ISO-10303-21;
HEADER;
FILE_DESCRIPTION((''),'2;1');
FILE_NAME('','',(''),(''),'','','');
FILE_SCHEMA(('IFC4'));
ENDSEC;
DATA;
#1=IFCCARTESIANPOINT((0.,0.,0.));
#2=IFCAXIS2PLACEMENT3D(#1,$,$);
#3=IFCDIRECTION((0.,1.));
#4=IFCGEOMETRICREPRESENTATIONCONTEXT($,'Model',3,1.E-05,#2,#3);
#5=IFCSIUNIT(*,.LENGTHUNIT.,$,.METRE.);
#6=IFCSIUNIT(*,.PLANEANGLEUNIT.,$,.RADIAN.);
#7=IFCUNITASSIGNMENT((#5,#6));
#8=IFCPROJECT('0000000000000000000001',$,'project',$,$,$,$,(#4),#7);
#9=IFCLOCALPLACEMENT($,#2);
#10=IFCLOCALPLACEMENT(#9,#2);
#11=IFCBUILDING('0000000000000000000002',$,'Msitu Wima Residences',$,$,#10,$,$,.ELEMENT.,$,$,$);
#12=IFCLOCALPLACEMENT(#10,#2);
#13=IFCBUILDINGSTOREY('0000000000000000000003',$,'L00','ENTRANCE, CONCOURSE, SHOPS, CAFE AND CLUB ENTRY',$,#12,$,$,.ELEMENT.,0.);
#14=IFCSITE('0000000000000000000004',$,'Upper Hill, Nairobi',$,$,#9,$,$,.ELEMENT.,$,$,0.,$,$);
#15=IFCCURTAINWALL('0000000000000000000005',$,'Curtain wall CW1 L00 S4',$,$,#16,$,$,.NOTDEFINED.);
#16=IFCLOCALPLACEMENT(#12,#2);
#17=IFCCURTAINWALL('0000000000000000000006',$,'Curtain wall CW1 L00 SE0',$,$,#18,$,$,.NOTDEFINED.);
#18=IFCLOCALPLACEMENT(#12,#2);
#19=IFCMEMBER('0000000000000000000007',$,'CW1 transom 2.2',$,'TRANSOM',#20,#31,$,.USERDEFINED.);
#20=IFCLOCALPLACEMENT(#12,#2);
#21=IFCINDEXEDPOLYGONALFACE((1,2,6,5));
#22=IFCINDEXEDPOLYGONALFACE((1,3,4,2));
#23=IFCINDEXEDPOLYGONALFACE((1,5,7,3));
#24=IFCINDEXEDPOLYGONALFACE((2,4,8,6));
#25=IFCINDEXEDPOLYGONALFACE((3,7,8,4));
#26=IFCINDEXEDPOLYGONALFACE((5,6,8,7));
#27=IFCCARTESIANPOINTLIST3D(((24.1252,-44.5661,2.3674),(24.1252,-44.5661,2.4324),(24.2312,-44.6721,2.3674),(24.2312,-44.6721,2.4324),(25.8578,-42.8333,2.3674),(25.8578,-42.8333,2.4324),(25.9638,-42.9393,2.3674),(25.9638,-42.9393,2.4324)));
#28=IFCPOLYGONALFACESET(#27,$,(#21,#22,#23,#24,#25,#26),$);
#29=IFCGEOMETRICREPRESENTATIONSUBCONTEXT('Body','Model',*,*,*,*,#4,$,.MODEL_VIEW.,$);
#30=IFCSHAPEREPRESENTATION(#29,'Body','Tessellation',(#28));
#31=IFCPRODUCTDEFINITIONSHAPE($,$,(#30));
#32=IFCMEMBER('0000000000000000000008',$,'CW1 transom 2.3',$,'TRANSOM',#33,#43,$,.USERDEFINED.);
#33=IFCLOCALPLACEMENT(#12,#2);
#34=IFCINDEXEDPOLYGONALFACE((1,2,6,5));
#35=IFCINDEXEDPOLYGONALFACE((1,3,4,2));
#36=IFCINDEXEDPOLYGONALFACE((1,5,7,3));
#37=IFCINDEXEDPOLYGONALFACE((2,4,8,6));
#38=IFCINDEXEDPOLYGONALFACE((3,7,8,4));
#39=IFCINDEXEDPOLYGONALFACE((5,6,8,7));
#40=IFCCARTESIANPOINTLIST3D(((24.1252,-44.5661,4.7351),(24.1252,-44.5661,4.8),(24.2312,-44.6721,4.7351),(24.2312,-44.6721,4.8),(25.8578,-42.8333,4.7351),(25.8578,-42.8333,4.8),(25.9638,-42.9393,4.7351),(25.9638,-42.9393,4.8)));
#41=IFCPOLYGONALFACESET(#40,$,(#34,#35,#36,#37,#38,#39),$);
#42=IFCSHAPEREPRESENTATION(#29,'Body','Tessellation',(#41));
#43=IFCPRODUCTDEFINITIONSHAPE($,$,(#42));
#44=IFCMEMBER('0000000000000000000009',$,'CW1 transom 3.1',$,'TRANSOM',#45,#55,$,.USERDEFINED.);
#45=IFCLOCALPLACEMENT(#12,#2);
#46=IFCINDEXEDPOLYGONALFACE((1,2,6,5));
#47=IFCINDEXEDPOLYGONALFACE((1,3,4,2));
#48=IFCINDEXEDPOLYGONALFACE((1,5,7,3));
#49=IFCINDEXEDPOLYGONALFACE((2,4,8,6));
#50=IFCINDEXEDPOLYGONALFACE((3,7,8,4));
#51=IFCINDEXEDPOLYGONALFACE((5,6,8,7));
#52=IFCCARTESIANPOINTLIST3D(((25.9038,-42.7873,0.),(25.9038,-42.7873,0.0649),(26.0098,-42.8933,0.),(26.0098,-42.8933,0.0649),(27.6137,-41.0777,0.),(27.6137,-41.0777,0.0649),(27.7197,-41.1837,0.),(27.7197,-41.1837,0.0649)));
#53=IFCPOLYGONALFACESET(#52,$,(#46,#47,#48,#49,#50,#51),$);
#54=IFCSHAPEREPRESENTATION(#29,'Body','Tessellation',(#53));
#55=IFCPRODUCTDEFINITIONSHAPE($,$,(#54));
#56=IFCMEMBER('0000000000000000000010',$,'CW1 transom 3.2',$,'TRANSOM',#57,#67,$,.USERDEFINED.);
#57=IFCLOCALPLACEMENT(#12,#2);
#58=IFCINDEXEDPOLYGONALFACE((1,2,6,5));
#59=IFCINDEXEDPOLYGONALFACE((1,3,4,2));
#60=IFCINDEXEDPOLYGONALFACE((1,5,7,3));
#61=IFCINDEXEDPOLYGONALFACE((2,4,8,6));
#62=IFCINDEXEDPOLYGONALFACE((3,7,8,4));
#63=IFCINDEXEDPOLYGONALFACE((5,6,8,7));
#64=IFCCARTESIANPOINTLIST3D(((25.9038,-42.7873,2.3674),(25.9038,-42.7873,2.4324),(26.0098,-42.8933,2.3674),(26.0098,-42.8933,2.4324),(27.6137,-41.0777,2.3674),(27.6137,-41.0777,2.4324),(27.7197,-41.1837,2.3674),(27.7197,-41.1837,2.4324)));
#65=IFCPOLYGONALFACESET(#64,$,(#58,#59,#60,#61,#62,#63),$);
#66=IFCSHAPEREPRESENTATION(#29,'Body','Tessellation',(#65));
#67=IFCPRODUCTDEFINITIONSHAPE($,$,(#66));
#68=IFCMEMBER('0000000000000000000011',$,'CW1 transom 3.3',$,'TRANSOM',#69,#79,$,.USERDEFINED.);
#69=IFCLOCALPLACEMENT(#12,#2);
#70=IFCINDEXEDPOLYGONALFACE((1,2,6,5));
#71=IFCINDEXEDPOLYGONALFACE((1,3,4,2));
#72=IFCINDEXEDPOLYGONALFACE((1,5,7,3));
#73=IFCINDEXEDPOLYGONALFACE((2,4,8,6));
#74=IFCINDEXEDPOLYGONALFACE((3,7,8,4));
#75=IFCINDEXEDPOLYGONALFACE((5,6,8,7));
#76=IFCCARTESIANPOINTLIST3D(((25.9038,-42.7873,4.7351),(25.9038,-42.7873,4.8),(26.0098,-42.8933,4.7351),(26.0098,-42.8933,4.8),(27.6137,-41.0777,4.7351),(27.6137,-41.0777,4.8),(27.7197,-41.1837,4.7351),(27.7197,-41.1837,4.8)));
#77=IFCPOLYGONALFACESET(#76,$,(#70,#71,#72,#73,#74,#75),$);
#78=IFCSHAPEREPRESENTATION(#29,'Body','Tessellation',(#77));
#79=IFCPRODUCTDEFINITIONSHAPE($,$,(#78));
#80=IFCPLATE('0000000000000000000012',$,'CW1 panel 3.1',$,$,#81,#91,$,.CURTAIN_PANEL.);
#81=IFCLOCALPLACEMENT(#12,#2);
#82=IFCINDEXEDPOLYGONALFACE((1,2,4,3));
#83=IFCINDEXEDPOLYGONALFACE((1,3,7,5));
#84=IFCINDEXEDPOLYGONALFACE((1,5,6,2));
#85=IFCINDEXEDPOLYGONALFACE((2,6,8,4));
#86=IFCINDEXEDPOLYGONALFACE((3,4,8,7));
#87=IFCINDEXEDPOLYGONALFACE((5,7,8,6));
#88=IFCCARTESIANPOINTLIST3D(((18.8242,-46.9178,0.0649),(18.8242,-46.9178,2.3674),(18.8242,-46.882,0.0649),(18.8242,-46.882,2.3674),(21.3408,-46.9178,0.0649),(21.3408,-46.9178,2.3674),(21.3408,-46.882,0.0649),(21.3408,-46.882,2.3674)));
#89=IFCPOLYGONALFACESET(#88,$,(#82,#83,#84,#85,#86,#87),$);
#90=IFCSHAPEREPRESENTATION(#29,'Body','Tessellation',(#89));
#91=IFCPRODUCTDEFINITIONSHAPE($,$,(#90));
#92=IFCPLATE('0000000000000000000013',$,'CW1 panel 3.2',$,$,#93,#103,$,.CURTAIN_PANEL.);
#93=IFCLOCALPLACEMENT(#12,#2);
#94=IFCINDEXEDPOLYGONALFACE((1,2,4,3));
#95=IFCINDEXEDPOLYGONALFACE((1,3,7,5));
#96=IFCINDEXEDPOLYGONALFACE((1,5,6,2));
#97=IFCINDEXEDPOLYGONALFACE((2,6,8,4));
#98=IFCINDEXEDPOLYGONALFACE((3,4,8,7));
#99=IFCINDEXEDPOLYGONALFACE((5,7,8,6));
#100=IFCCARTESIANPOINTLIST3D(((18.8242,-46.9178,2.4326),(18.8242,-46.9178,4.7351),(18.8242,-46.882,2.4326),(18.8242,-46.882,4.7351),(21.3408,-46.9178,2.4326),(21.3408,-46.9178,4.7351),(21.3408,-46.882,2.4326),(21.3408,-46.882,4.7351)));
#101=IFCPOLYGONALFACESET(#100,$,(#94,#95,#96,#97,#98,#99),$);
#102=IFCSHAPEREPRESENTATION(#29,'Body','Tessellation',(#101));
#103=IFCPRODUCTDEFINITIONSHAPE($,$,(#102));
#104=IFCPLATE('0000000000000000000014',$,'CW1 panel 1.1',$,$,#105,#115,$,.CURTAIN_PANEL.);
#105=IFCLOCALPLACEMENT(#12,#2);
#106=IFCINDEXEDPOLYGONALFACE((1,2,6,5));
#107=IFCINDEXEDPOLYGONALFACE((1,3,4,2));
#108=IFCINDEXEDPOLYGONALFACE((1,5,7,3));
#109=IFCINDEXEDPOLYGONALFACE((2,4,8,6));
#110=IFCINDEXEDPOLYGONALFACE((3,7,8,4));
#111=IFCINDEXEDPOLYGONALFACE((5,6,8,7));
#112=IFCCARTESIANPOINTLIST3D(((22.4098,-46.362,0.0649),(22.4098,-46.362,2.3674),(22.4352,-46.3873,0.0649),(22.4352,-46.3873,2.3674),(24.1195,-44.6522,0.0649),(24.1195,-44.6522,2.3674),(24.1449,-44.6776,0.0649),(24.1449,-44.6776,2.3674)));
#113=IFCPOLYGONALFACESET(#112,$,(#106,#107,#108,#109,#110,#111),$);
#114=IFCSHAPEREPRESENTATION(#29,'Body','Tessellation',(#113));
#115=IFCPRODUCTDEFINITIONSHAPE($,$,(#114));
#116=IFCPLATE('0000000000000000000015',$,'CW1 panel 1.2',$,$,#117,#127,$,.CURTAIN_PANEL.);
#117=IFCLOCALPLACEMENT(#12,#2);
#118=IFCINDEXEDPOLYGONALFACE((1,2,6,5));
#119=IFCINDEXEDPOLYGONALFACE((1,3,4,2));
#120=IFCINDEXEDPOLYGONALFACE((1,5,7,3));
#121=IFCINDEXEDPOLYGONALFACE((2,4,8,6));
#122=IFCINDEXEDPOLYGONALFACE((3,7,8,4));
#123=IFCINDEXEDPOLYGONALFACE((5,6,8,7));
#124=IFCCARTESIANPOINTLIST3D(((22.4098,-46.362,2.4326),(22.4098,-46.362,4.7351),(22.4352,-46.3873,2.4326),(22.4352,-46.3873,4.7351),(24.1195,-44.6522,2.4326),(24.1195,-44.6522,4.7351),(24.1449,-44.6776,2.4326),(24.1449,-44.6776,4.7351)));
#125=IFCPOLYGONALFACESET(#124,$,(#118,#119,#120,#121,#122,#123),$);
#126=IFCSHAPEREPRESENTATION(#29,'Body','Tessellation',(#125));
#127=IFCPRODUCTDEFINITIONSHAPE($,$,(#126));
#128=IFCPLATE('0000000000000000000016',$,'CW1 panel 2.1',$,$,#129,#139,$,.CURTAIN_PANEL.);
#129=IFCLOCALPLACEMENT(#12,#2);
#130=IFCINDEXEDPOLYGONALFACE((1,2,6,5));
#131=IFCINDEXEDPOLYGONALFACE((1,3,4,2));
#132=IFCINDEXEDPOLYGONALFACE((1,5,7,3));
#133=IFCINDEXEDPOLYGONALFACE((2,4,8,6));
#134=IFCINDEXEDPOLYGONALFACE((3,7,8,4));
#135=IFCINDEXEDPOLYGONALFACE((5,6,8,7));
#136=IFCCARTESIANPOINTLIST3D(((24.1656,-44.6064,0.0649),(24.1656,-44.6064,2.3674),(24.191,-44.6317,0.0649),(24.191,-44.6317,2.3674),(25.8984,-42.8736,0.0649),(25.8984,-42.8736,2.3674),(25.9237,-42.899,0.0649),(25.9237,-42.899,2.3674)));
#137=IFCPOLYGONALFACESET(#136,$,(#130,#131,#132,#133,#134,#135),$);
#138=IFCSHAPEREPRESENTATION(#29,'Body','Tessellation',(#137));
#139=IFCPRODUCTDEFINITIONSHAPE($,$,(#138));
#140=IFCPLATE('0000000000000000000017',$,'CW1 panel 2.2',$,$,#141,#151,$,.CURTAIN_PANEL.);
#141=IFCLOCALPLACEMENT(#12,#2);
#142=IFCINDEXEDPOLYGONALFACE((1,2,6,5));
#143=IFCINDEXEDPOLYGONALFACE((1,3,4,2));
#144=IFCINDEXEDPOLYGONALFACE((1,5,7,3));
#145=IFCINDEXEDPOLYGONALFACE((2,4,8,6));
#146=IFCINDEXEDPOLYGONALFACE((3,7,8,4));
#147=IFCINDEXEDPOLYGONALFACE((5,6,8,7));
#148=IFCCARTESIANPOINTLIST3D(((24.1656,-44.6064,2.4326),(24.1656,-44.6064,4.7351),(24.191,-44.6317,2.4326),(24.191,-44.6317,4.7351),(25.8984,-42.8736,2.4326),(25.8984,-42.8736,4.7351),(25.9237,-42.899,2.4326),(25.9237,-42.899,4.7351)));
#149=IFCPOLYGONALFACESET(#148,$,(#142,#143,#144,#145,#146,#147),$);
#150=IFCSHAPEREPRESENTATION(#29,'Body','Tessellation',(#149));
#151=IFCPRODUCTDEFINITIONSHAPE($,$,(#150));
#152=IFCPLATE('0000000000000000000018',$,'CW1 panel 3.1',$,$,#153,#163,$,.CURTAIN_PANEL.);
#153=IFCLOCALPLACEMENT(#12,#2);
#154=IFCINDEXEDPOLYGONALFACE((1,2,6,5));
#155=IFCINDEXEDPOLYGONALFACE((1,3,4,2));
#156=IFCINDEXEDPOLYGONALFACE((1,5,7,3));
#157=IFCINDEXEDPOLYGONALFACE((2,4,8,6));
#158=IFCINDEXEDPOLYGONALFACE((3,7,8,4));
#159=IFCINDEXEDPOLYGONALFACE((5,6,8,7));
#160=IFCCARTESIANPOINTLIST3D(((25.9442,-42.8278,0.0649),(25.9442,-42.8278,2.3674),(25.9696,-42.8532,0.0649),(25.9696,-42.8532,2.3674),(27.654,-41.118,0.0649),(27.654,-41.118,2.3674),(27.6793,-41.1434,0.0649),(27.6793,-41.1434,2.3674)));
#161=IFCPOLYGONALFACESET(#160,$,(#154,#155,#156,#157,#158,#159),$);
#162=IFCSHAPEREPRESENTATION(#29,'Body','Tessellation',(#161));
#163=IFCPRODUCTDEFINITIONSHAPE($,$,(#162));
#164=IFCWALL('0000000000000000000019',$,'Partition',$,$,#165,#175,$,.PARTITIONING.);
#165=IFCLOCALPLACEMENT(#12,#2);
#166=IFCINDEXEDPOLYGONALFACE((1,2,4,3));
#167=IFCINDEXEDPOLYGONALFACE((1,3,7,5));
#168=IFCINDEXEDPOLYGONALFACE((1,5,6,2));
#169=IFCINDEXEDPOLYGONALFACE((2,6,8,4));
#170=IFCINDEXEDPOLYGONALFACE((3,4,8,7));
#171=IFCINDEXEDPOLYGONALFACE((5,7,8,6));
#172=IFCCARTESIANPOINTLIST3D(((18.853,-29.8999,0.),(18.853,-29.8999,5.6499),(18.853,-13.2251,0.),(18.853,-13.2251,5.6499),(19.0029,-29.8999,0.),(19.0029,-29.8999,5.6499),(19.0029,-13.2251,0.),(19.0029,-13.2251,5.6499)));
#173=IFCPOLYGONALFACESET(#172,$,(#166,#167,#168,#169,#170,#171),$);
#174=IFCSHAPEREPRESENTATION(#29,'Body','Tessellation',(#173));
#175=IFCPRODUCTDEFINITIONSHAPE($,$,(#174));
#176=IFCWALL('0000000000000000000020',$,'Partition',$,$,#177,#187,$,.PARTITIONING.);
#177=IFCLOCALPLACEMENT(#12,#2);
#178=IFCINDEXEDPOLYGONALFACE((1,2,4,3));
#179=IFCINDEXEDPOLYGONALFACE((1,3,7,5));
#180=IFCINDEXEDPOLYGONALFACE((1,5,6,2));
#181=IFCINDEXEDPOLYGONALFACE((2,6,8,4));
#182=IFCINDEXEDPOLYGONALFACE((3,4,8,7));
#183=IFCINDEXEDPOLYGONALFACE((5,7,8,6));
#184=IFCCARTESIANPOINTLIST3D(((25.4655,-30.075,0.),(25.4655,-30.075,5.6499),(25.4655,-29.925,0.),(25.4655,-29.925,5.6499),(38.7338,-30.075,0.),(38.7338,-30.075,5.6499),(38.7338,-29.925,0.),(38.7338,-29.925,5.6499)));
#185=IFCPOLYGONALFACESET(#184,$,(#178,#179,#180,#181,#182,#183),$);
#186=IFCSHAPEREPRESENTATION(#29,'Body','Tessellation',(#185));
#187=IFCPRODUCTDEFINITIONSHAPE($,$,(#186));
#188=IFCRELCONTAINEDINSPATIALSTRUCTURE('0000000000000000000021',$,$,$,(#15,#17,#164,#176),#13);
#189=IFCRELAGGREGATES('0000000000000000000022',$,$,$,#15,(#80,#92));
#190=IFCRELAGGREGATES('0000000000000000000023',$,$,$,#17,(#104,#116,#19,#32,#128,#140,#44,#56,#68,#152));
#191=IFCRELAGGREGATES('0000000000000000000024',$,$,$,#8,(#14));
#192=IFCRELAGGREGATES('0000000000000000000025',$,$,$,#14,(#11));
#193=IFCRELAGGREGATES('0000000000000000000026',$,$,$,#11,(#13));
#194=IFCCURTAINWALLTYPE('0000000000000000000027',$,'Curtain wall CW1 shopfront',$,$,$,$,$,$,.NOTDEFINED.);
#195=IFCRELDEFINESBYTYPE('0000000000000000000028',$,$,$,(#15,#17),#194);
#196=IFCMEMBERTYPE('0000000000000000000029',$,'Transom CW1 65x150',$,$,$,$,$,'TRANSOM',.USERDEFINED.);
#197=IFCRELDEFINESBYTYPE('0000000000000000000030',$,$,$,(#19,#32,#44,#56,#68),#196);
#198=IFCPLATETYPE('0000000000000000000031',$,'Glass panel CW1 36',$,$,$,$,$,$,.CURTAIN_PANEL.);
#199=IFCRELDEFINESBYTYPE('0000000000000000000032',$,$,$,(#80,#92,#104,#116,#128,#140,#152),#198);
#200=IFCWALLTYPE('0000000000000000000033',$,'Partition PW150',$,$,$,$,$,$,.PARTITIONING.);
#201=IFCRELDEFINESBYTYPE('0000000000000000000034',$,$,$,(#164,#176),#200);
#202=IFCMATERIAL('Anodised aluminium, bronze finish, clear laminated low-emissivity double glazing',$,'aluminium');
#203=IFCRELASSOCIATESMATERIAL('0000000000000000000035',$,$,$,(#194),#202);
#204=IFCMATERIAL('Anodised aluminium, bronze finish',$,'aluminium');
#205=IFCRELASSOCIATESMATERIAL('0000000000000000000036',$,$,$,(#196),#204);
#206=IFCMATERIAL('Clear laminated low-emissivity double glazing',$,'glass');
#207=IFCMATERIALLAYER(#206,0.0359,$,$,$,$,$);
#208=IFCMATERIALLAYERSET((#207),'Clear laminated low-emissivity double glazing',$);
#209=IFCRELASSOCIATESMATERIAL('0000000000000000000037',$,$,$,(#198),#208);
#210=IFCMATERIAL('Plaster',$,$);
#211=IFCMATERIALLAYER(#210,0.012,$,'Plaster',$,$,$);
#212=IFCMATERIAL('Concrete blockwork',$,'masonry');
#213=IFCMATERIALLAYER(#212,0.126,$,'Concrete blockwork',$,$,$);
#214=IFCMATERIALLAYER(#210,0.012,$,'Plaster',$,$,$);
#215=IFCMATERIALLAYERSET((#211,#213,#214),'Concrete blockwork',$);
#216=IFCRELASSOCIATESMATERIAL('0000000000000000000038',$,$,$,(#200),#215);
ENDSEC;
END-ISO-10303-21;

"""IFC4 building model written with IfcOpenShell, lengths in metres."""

from ifc_helpers import new_model, si_unit, direction, frame, frame_2d, origin, origin_2d, place, context, subcontext, project, spatial, rectangle, extrude, material, layer, layer_set, material_profile, profile_set, type_object, element, aggregate, save


model = new_model("IFC4")

# Units and contexts
model_context = context("Model", 3, precision=1e-05, world=origin(), true_north=direction((0.0, 1.0)))
body_context = subcontext(model_context, "Body", "Model", "MODEL_VIEW")
ifc_project = project(units=[si_unit("LENGTHUNIT", "METRE"), si_unit("PLANEANGLEUNIT", "RADIAN")], contexts=[model_context])

# Site, building, storey
site_placement = place(None, origin())
site = spatial("IfcSite", under=ifc_project, at=site_placement, Name="Upper Hill, Nairobi", CompositionType="ELEMENT", RefElevation=0.0)
building_placement = place(site_placement, origin())
building = spatial("IfcBuilding", under=site, at=building_placement, Name="Msitu Wima Residences", CompositionType="ELEMENT")
storey_placement = place(building_placement, origin())
storey = spatial("IfcBuildingStorey", under=building, at=storey_placement, Name="L00", Description="ENTRANCE, CONCOURSE, SHOPS, CAFE AND CLUB ENTRY", CompositionType="ELEMENT", Elevation=0.0)

# Curtain wall
ifc_material_1 = material(Name="Anodised aluminium, bronze finish, clear laminated low-emissivity double glazing", Category="aluminium")
curtain_wall_type = type_object("IfcCurtainWallType", Name="Curtain wall CW1 shopfront", PredefinedType="NOTDEFINED", material=ifc_material_1)
curtain_wall_1_placement = place(storey_placement, origin())
curtain_wall_1 = element("IfcCurtainWall", 1, at=curtain_wall_1_placement, inside=storey, type_object=curtain_wall_type, Name="Curtain wall CW1 L00 S4", PredefinedType="NOTDEFINED")
ifc_material_2 = material(Name="Anodised aluminium, bronze finish", Category="aluminium")

# Curtain wall
curtain_wall_2_placement = place(storey_placement, origin())
curtain_wall_2 = element("IfcCurtainWall", 2, at=curtain_wall_2_placement, inside=storey, type_object=curtain_wall_type, Name="Curtain wall CW1 L00 SE0", PredefinedType="NOTDEFINED")

# Members
ifc_material_profile_1 = material_profile(ifc_material_2, rectangle(XDim=0.1499, YDim=0.0649, at=origin_2d()), Name="Transom 65x150")
ifc_profile_set_1 = profile_set([ifc_material_profile_1], Name="Anodised aluminium, bronze finish")
member_type_1 = type_object("IfcMemberType", Name="Transom CW1 65x150", ElementType="TRANSOM", PredefinedType="USERDEFINED", material=ifc_profile_set_1)
member_1_placement = place(storey_placement, frame((24.1782, -44.6191, 2.3999), z_axis=(0.707057, 0.707157, 0.0), x_axis=(-0.707157, 0.707057, 0.0)))
member_1 = element("IfcMember", 3, at=member_1_placement, type_object=member_type_1, Name="CW1 transom 2.2", ObjectType="TRANSOM", PredefinedType="USERDEFINED", context=body_context, shape_type="SweptSolid", body=[
    extrude(rectangle(XDim=0.1499, YDim=0.0649, at=origin_2d()), origin(), (0.0, 0.0, 1.0), 2.4504),
])
member_2_placement = place(storey_placement, frame((24.1782, -44.6191, 4.7676), z_axis=(0.707057, 0.707157, 0.0), x_axis=(-0.707157, 0.707057, 0.0)))
member_2 = element("IfcMember", 4, at=member_2_placement, type_object=member_type_1, Name="CW1 transom 2.3", ObjectType="TRANSOM", PredefinedType="USERDEFINED", context=body_context, shape_type="SweptSolid", body=[
    extrude(rectangle(XDim=0.1499, YDim=0.0649, at=origin_2d()), origin(), (0.0, 0.0, 1.0), 2.4504),
])
member_3_placement = place(storey_placement, frame((25.9568, -42.8403, 0.0325), z_axis=(0.707157, 0.707056, 0.0), x_axis=(-0.707056, 0.707157, 0.0)))
member_3 = element("IfcMember", 5, at=member_3_placement, type_object=member_type_1, Name="CW1 transom 3.1", ObjectType="TRANSOM", PredefinedType="USERDEFINED", context=body_context, shape_type="SweptSolid", body=[
    extrude(rectangle(XDim=0.1499, YDim=0.0649, at=origin_2d()), origin(), (0.0, 0.0, 1.0), 2.418),
])
member_4_placement = place(storey_placement, frame((25.9568, -42.8403, 2.3999), z_axis=(0.707157, 0.707056, 0.0), x_axis=(-0.707056, 0.707157, 0.0)))
member_4 = element("IfcMember", 6, at=member_4_placement, type_object=member_type_1, Name="CW1 transom 3.2", ObjectType="TRANSOM", PredefinedType="USERDEFINED", context=body_context, shape_type="SweptSolid", body=[
    extrude(rectangle(XDim=0.1499, YDim=0.0649, at=origin_2d()), origin(), (0.0, 0.0, 1.0), 2.418),
])
member_5_placement = place(storey_placement, frame((25.9568, -42.8403, 4.7676), z_axis=(0.707157, 0.707056, 0.0), x_axis=(-0.707056, 0.707157, 0.0)))
member_5 = element("IfcMember", 7, at=member_5_placement, type_object=member_type_1, Name="CW1 transom 3.3", ObjectType="TRANSOM", PredefinedType="USERDEFINED", context=body_context, shape_type="SweptSolid", body=[
    extrude(rectangle(XDim=0.1499, YDim=0.0649, at=origin_2d()), origin(), (0.0, 0.0, 1.0), 2.418),
])

# Plates
ifc_material_3 = material(Name="Clear laminated low-emissivity double glazing", Category="glass")
ifc_layer_1 = layer(ifc_material_3, 0.0359)
ifc_layer_set_1 = layer_set([ifc_layer_1], Name="Clear laminated low-emissivity double glazing")
plate_type = type_object("IfcPlateType", Name="Glass panel CW1 36", PredefinedType="CURTAIN_PANEL", material=ifc_layer_set_1)
plate_1_placement = place(storey_placement, frame((20.0825, -46.8999, 0.0649), z_axis=(0.0, 0.0, 1.0), x_axis=(1.0, 0.0, 0.0)))
plate_1 = element("IfcPlate", 8, at=plate_1_placement, type_object=plate_type, Name="CW1 panel 3.1", PredefinedType="CURTAIN_PANEL", context=body_context, shape_type="SweptSolid", body=[
    extrude(rectangle(XDim=2.5166, YDim=0.0359, at=origin_2d()), origin(), (0.0, 0.0, 1.0), 2.3025),
])
plate_2_placement = place(storey_placement, frame((20.0825, -46.8999, 2.4326), z_axis=(0.0, 0.0, 1.0), x_axis=(1.0, 0.0, 0.0)))
plate_2 = element("IfcPlate", 9, at=plate_2_placement, type_object=plate_type, Name="CW1 panel 3.2", PredefinedType="CURTAIN_PANEL", context=body_context, shape_type="SweptSolid", body=[
    extrude(rectangle(XDim=2.5166, YDim=0.0359, at=origin_2d()), origin(), (0.0, 0.0, 1.0), 2.3025),
])
aggregate(curtain_wall_1, [plate_1, plate_2])
plate_3_placement = place(storey_placement, frame((23.2773, -45.5198, 0.0649), z_axis=(0.0, 0.0, 1.0), x_axis=(0.707107, 0.707107, 0.0)))
plate_3 = element("IfcPlate", 10, at=plate_3_placement, type_object=plate_type, Name="CW1 panel 1.1", PredefinedType="CURTAIN_PANEL", context=body_context, shape_type="SweptSolid", body=[
    extrude(rectangle(XDim=2.418, YDim=0.0359, at=origin_2d()), origin(), (0.0, 0.0, 1.0), 2.3025),
])
plate_4_placement = place(storey_placement, frame((23.2773, -45.5198, 2.4326), z_axis=(0.0, 0.0, 1.0), x_axis=(0.707107, 0.707107, 0.0)))
plate_4 = element("IfcPlate", 11, at=plate_4_placement, type_object=plate_type, Name="CW1 panel 1.2", PredefinedType="CURTAIN_PANEL", context=body_context, shape_type="SweptSolid", body=[
    extrude(rectangle(XDim=2.418, YDim=0.0359, at=origin_2d()), origin(), (0.0, 0.0, 1.0), 2.3025),
])
plate_5_placement = place(storey_placement, frame((25.0447, -43.7527, 0.0649), z_axis=(0.0, 0.0, 1.0), x_axis=(0.707107, 0.707107, 0.0)))
plate_5 = element("IfcPlate", 12, at=plate_5_placement, type_object=plate_type, Name="CW1 panel 2.1", PredefinedType="CURTAIN_PANEL", context=body_context, shape_type="SweptSolid", body=[
    extrude(rectangle(XDim=2.4504, YDim=0.0359, at=origin_2d()), origin(), (0.0, 0.0, 1.0), 2.3025),
])
plate_6_placement = place(storey_placement, frame((25.0447, -43.7527, 2.4326), z_axis=(0.0, 0.0, 1.0), x_axis=(0.707107, 0.707107, 0.0)))
plate_6 = element("IfcPlate", 13, at=plate_6_placement, type_object=plate_type, Name="CW1 panel 2.2", PredefinedType="CURTAIN_PANEL", context=body_context, shape_type="SweptSolid", body=[
    extrude(rectangle(XDim=2.4504, YDim=0.0359, at=origin_2d()), origin(), (0.0, 0.0, 1.0), 2.3025),
])
plate_7_placement = place(storey_placement, frame((26.8118, -41.9856, 0.0649), z_axis=(0.0, 0.0, 1.0), x_axis=(0.707107, 0.707107, 0.0)))
plate_7 = element("IfcPlate", 14, at=plate_7_placement, type_object=plate_type, Name="CW1 panel 3.1", PredefinedType="CURTAIN_PANEL", context=body_context, shape_type="SweptSolid", body=[
    extrude(rectangle(XDim=2.418, YDim=0.0359, at=origin_2d()), origin(), (0.0, 0.0, 1.0), 2.3025),
])
aggregate(curtain_wall_2, [plate_3, plate_4, member_1, member_2, plate_5, plate_6, member_3, member_4, member_5, plate_7])

# Walls
ifc_material_4 = material(Name="Plaster")
ifc_layer_2 = layer(ifc_material_4, 0.012, Name="Plaster")
ifc_material_5 = material(Name="Concrete blockwork", Category="masonry")
ifc_layer_3 = layer(ifc_material_5, 0.126, Name="Concrete blockwork")
ifc_layer_4 = layer(ifc_material_4, 0.012, Name="Plaster")
ifc_layer_set_2 = layer_set([ifc_layer_2, ifc_layer_3, ifc_layer_4], Name="Concrete blockwork")
wall_type_1 = type_object("IfcWallType", Name="Partition PW150", PredefinedType="PARTITIONING", material=ifc_layer_set_2)
wall_1_placement = place(storey_placement, frame((18.928, -29.8999, 0.0), z_axis=(0.0, 0.0, 1.0), x_axis=(0.0, 1.0, 0.0)))
element("IfcWall", 15, at=wall_1_placement, inside=storey, type_object=wall_type_1, Name="Partition", PredefinedType="PARTITIONING", context=body_context, shape_type="SweptSolid", body=[
    extrude(rectangle(XDim=16.6748, YDim=0.1499, at=frame_2d((8.3374, 0.0))), origin(), (0.0, 0.0, 1.0), 5.6499),
])
wall_2_placement = place(storey_placement, frame((25.4653, -30.0, 0.0), z_axis=(0.0, 0.0, 1.0), x_axis=(1.0, 0.0, 0.0)))
element("IfcWall", 16, at=wall_2_placement, inside=storey, type_object=wall_type_1, Name="Partition", PredefinedType="PARTITIONING", context=body_context, shape_type="SweptSolid", body=[
    extrude(rectangle(XDim=13.2683, YDim=0.1499, at=frame_2d((6.6343, 0.0))), origin(), (0.0, 0.0, 1.0), 5.6499),
])

save(model, "model.ifc")
